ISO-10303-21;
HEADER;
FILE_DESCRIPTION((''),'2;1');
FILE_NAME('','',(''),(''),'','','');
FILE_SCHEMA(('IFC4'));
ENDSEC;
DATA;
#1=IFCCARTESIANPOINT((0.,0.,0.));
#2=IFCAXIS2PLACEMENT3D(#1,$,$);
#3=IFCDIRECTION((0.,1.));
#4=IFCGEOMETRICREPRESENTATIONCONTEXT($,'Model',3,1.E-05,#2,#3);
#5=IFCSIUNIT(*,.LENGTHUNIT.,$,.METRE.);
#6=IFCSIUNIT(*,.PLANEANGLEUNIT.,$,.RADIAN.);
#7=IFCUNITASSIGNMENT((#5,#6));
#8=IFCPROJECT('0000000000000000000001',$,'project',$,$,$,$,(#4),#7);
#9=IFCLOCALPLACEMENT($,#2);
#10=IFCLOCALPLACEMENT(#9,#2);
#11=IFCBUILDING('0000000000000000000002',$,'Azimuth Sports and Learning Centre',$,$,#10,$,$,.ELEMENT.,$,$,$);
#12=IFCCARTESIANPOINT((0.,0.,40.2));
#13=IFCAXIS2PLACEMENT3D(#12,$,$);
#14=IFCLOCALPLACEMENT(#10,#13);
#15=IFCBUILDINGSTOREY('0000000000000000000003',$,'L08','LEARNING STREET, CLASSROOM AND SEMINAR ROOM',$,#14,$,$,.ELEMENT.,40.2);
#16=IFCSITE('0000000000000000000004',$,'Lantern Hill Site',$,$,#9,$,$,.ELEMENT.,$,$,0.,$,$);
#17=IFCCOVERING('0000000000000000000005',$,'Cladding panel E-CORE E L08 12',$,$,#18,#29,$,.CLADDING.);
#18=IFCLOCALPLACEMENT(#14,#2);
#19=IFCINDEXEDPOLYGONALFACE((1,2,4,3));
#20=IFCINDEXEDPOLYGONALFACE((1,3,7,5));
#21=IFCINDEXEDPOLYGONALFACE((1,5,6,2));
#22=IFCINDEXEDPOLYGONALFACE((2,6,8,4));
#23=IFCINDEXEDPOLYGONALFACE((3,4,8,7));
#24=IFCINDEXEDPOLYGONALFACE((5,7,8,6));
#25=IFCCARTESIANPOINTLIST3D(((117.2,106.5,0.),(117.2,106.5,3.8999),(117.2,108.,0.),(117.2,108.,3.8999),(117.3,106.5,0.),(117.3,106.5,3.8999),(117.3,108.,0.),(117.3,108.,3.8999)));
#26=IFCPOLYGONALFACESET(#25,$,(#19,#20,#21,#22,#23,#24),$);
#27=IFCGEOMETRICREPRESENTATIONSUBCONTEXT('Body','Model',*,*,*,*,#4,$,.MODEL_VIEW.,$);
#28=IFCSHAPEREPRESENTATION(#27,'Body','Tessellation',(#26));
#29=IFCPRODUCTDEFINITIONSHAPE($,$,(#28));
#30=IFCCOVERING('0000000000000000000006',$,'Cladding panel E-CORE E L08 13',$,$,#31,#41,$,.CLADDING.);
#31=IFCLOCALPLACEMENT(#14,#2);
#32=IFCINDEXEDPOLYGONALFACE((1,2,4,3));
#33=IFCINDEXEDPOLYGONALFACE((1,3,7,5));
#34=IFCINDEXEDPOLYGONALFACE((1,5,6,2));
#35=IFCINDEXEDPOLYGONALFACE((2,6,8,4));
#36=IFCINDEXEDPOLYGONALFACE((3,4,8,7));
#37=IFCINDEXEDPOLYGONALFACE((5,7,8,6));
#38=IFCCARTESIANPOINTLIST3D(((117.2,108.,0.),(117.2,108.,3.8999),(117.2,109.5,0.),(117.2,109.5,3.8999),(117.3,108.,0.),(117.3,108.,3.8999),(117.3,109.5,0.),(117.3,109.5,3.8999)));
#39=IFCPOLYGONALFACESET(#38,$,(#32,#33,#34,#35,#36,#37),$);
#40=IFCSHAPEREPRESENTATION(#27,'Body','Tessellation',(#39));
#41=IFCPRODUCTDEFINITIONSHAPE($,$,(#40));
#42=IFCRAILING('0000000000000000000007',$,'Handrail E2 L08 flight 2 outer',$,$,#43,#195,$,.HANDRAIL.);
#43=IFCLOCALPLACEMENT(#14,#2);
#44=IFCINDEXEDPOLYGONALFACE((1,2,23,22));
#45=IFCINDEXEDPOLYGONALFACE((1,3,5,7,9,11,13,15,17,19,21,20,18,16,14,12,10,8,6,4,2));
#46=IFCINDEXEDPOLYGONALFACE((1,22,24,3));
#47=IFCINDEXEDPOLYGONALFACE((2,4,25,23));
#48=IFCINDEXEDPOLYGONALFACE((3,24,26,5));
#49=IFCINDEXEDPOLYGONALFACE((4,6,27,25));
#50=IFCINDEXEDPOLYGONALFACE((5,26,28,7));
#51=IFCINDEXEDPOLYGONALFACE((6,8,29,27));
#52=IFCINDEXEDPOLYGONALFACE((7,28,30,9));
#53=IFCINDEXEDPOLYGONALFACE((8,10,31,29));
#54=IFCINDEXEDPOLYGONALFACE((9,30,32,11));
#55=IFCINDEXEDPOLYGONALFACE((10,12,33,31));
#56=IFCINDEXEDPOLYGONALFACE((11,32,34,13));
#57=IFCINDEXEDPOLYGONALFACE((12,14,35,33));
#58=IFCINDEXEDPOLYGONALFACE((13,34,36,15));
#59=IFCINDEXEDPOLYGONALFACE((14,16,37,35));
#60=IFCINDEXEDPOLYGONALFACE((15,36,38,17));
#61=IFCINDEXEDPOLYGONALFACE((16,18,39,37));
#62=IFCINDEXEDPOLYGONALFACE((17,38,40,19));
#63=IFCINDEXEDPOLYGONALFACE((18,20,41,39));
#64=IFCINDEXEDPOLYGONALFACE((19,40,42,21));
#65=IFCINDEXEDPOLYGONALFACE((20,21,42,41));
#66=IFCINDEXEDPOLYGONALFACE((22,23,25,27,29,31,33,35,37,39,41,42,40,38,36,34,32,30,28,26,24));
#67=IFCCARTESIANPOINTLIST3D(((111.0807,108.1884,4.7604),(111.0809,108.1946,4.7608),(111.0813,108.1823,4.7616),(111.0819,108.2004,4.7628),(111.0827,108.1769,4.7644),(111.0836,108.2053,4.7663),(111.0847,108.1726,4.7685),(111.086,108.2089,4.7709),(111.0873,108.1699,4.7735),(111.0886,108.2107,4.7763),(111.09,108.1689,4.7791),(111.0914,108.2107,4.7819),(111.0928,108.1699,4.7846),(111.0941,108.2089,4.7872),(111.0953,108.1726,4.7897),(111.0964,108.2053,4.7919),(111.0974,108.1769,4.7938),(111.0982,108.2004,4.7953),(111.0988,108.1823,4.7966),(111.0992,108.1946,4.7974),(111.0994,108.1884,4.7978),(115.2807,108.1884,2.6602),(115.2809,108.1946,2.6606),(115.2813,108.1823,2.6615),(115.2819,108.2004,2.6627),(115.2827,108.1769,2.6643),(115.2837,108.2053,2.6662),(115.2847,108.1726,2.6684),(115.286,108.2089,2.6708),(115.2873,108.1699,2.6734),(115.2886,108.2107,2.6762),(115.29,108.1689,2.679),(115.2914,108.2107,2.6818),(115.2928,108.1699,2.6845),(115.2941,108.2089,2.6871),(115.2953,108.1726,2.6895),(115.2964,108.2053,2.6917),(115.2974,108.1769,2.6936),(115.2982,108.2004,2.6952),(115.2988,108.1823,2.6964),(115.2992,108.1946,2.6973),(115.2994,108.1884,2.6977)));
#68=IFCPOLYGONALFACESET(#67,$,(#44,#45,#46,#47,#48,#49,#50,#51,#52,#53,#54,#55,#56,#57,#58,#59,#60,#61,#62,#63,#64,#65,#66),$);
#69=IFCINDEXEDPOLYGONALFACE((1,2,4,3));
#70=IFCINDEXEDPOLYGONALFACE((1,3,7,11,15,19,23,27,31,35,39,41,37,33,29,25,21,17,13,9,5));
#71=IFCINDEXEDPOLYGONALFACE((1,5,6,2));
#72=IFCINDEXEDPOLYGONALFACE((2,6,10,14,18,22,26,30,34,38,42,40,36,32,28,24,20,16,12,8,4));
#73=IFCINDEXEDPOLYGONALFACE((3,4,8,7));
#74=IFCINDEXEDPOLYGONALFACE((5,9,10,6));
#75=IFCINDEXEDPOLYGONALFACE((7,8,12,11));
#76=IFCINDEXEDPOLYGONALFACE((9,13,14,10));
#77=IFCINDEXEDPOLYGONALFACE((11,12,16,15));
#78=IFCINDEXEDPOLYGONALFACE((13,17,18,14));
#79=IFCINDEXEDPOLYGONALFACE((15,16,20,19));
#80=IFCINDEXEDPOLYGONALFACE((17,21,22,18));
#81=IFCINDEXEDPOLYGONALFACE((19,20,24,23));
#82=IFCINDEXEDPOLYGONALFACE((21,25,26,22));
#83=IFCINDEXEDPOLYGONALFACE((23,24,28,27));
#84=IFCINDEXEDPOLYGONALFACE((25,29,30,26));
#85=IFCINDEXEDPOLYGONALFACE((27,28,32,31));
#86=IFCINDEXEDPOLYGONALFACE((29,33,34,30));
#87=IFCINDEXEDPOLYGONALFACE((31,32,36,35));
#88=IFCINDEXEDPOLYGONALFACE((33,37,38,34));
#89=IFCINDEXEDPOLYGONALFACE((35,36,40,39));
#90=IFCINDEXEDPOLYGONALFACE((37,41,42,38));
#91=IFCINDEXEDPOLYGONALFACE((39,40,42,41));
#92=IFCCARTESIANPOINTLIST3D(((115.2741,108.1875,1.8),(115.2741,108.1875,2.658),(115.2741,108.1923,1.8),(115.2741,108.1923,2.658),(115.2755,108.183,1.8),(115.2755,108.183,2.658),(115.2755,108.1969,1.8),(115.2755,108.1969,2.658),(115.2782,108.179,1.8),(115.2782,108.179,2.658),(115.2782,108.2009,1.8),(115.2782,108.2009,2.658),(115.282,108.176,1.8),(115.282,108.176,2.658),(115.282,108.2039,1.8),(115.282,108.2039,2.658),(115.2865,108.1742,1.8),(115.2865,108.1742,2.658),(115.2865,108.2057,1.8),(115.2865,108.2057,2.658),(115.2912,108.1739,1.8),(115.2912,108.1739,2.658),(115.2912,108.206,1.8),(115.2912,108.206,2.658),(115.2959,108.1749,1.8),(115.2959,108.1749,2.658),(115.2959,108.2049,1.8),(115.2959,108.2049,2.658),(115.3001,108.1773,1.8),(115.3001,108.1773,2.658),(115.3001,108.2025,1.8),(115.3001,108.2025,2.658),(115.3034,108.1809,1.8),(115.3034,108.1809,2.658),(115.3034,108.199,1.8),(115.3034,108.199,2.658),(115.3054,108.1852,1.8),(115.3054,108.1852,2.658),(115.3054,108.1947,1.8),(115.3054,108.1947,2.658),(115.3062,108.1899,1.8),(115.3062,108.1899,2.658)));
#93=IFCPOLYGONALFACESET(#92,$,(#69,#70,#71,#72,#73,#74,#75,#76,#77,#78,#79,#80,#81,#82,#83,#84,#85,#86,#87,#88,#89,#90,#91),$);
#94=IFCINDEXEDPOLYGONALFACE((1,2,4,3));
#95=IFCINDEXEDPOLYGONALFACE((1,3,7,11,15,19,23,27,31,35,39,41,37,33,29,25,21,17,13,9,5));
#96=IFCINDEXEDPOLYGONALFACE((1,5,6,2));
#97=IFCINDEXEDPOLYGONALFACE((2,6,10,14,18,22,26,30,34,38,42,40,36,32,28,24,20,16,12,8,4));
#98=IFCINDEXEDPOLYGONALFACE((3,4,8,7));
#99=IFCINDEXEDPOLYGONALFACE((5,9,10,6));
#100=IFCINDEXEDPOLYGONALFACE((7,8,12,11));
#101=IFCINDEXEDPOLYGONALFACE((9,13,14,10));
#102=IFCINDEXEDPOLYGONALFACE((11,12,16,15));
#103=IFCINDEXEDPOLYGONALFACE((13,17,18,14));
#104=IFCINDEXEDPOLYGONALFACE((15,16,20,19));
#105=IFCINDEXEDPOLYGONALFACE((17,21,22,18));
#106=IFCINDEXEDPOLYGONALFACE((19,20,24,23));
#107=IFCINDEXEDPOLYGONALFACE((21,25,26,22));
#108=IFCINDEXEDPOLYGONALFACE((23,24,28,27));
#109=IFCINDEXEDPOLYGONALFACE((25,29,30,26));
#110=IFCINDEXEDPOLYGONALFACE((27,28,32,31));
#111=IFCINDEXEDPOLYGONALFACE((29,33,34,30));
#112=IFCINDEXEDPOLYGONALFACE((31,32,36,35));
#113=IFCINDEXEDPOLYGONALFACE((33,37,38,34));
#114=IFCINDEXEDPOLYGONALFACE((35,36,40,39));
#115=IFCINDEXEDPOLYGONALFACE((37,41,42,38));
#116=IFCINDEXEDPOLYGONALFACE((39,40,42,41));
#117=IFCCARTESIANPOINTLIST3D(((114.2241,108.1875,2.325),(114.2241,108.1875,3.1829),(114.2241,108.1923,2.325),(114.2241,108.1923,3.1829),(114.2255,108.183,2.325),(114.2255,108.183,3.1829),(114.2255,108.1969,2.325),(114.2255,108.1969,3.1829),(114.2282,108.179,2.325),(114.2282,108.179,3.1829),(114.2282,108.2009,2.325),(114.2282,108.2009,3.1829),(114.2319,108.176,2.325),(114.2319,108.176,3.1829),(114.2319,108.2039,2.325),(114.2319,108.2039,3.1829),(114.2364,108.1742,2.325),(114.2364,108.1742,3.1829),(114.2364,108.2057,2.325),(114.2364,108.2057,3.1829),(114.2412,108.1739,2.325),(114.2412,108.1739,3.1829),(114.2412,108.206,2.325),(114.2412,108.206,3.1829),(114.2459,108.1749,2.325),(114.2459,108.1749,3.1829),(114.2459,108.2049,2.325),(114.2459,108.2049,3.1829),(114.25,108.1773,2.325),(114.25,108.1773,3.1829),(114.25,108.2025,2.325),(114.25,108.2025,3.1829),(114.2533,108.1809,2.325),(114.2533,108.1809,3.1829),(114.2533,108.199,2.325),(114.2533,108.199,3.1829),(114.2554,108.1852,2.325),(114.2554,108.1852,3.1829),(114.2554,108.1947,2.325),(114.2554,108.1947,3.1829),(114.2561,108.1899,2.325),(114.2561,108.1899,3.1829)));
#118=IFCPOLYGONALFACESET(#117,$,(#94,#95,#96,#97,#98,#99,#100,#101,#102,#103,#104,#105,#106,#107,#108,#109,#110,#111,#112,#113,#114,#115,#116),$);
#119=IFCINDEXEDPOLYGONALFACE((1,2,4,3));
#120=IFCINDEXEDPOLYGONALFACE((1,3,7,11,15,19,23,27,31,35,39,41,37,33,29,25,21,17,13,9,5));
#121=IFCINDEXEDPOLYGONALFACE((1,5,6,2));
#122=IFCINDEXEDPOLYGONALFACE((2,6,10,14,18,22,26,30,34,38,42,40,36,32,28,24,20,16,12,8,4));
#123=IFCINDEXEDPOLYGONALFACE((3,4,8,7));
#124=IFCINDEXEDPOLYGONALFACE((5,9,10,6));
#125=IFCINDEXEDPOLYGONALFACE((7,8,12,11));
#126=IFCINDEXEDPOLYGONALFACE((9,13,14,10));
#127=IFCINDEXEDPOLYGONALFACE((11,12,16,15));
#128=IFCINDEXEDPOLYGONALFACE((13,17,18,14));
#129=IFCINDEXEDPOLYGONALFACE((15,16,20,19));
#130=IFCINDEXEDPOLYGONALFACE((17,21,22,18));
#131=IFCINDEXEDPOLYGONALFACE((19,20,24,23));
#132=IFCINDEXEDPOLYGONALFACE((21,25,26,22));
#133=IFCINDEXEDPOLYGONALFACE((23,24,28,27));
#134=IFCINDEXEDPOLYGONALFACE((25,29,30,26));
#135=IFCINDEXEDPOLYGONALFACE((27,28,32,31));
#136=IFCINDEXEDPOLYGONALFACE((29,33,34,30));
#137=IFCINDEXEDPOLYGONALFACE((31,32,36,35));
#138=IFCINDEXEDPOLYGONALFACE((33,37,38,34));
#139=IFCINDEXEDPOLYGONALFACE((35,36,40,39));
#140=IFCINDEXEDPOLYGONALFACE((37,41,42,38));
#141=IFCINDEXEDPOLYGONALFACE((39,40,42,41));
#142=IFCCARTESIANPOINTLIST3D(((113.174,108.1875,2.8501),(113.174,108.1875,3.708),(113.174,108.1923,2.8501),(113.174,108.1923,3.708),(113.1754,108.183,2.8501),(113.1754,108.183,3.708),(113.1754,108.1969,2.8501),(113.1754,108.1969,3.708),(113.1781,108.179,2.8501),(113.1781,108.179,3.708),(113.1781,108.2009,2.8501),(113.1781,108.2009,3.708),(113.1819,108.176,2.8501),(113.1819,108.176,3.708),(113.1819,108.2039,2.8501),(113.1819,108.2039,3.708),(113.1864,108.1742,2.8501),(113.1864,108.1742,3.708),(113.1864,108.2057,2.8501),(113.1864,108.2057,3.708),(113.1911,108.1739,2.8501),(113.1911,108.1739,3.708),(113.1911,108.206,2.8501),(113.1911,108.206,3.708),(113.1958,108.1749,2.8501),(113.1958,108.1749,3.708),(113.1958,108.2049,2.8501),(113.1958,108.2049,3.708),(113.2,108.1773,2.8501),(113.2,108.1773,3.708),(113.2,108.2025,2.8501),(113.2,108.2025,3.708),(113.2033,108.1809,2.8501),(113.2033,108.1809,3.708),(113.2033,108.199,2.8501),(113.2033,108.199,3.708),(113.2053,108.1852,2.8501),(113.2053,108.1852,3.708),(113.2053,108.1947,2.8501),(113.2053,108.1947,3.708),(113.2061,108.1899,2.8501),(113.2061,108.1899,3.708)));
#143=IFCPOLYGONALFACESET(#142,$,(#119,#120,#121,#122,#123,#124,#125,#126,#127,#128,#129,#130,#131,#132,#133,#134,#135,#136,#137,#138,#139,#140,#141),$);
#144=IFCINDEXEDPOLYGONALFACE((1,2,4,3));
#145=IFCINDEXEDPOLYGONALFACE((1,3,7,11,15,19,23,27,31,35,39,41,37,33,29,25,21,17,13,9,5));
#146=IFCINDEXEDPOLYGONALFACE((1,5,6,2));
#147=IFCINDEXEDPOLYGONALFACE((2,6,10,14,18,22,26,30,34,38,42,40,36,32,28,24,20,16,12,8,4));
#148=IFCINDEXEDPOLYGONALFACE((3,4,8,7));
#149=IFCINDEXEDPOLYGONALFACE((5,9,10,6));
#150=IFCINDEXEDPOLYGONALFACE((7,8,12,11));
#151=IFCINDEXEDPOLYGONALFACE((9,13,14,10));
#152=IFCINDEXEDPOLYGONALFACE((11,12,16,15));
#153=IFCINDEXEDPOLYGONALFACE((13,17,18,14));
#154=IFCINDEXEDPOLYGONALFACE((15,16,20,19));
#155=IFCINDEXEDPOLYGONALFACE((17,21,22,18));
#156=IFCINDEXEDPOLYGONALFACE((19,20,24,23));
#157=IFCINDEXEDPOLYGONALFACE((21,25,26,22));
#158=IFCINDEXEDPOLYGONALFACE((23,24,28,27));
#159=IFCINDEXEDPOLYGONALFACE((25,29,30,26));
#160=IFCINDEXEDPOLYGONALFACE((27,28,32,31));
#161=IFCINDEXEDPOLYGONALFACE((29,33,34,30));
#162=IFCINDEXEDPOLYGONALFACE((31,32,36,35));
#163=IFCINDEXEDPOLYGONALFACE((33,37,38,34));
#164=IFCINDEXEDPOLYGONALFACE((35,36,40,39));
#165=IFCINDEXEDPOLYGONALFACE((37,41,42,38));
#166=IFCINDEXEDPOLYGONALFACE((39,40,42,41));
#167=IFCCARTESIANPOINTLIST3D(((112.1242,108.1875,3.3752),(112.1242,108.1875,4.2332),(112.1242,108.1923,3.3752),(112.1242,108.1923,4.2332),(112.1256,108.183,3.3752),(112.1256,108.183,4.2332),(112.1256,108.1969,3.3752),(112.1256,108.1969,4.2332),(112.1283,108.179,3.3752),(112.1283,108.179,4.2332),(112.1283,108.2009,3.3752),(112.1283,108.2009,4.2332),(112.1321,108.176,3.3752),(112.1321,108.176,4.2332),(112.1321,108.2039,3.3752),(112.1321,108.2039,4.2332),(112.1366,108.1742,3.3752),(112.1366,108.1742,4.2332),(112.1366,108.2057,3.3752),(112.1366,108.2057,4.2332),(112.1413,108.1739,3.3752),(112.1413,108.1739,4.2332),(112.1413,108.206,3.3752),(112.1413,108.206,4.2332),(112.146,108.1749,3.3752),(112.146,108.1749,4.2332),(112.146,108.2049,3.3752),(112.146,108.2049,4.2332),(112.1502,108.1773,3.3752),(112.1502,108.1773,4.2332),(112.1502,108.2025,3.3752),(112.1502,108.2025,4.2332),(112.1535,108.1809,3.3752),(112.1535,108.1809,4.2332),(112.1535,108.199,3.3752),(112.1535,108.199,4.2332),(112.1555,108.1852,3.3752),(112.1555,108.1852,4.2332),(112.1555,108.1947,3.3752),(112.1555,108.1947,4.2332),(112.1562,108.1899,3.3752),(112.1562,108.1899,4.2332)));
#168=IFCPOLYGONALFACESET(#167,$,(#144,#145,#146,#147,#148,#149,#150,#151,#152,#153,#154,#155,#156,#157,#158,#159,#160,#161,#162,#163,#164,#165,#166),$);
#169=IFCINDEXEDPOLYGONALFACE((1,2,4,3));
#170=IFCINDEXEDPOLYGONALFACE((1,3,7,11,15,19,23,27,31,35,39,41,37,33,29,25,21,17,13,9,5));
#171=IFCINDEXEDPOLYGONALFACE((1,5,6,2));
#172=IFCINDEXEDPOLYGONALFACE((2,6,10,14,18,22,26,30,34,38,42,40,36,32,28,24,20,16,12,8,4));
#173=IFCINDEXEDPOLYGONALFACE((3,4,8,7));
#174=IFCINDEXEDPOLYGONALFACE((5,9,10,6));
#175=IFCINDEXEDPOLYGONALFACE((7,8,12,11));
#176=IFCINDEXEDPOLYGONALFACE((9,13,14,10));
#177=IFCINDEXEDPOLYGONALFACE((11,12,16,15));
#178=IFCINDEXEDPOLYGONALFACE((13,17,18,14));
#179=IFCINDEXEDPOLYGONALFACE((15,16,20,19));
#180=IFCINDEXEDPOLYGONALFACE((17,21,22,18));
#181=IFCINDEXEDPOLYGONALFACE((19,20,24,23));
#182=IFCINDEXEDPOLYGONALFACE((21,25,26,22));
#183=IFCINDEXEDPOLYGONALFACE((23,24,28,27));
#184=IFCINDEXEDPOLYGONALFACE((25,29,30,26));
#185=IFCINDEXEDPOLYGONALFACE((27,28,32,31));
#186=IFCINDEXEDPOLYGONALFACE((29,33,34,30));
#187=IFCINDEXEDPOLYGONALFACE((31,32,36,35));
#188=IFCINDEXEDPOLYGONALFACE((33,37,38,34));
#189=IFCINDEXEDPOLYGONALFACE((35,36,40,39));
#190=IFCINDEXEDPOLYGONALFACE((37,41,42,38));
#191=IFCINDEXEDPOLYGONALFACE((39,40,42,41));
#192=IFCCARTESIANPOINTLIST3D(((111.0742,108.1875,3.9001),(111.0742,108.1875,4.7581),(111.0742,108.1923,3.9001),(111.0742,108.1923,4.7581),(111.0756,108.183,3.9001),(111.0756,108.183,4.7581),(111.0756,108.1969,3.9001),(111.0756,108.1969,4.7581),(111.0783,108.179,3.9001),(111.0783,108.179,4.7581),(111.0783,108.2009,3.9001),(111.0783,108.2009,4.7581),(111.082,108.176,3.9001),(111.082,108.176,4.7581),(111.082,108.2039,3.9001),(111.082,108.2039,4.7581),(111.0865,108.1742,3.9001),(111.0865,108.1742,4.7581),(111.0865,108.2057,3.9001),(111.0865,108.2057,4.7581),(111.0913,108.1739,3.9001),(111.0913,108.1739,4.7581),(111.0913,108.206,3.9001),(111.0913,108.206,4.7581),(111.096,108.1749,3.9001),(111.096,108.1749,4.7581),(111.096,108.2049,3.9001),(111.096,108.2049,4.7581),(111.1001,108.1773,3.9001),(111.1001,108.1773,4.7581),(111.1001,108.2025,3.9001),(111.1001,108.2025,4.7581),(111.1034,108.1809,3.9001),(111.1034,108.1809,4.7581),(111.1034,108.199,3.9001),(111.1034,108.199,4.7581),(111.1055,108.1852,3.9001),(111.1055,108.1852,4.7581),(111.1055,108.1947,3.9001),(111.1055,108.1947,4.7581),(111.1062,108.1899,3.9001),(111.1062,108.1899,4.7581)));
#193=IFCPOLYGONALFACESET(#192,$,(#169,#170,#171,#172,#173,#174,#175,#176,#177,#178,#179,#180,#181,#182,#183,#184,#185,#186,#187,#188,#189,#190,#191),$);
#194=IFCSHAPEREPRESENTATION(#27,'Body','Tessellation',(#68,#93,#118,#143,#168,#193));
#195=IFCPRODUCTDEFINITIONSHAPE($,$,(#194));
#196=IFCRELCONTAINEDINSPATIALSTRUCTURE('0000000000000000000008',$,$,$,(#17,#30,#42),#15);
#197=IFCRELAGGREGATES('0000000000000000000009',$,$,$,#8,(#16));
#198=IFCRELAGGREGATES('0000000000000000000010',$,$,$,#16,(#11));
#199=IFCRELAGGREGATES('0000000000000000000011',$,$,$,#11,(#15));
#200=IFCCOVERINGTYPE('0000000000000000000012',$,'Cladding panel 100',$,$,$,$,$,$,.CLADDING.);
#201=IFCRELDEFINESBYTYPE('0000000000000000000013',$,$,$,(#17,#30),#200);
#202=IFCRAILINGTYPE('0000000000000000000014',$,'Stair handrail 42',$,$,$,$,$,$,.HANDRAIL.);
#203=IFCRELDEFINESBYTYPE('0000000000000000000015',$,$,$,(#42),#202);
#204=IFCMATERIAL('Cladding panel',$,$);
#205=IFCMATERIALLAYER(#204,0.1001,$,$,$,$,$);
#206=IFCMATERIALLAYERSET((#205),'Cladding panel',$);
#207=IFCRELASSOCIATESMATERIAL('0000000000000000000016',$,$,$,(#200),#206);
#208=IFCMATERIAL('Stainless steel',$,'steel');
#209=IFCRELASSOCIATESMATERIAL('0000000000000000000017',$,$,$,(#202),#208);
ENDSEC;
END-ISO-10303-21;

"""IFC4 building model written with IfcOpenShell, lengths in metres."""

from ifc_helpers import new_model, si_unit, direction, frame, origin, origin_2d, place, context, subcontext, project, spatial, rectangle, circle, extrude, material, layer, layer_set, type_object, element, save


model = new_model("IFC4")

# Units and contexts
model_context = context("Model", 3, precision=1e-05, world=origin(), true_north=direction((0.0, 1.0)))
body_context = subcontext(model_context, "Body", "Model", "MODEL_VIEW")
ifc_project = project(units=[si_unit("LENGTHUNIT", "METRE"), si_unit("PLANEANGLEUNIT", "RADIAN")], contexts=[model_context])

# Site, building, storey
site_placement = place(None, origin())
site = spatial("IfcSite", under=ifc_project, at=site_placement, Name="Lantern Hill Site", CompositionType="ELEMENT", RefElevation=0.0)
building_placement = place(site_placement, origin())
building = spatial("IfcBuilding", under=site, at=building_placement, Name="Azimuth Sports and Learning Centre", CompositionType="ELEMENT")
storey_placement = place(building_placement, frame((0.0, 0.0, 40.2)))
storey = spatial("IfcBuildingStorey", under=building, at=storey_placement, Name="L08", Description="LEARNING STREET, CLASSROOM AND SEMINAR ROOM", CompositionType="ELEMENT", Elevation=40.2)

# Coverings
ifc_material_1 = material(Name="Cladding panel")
ifc_layer_1 = layer(ifc_material_1, 0.1001)
ifc_layer_set_1 = layer_set([ifc_layer_1], Name="Cladding panel")
covering_type = type_object("IfcCoveringType", Name="Cladding panel 100", PredefinedType="CLADDING", material=ifc_layer_set_1)
for number, where, z_axis, x_axis, name in (
    (1, (117.25, 107.25, 0.0), (0.0, 0.0, 1.0), (0.0, 1.0, 0.0), "Cladding panel E-CORE E L08 12"),
    (2, (117.25, 108.75, 0.0), (0.0, 0.0, 1.0), (0.0, 1.0, 0.0), "Cladding panel E-CORE E L08 13"),
):
    element("IfcCovering", number, at=place(storey_placement, frame(where, z_axis=z_axis, x_axis=x_axis)), inside=storey, type_object=covering_type, Name=name, PredefinedType="CLADDING", context=body_context, shape_type="SweptSolid", body=[
        extrude(rectangle(XDim=1.5, YDim=0.1001, at=origin_2d()), origin(), (0.0, 0.0, 1.0), 3.8999),
    ])

# Railing
ifc_material_2 = material(Name="Stainless steel", Category="steel")
railing_type = type_object("IfcRailingType", Name="Stair handrail 42", PredefinedType="HANDRAIL", material=ifc_material_2)
railing_placement = place(storey_placement, frame((115.29, 108.1899, 1.8)))
element("IfcRailing", 3, at=railing_placement, inside=storey, type_object=railing_type, Name="Handrail E2 L08 flight 2 outer", PredefinedType="HANDRAIL", context=body_context, shape_type="SweptSolid", body=[
    extrude(circle(Radius=0.021, at=origin_2d()), frame((0.0, 0.0, 0.8789), z_axis=(-0.894417, 0.0, 0.447234), x_axis=(0.0, -1.0, 0.0)), (0.0, 0.0, 1.0), 4.6958),
    extrude(circle(Radius=0.0161, at=origin_2d()), origin(), (0.0, 0.0, 1.0), 0.8579),
    extrude(circle(Radius=0.0161, at=origin_2d()), frame((-1.05, 0.0, 0.5249)), (0.0, 0.0, 1.0), 0.8579),
    extrude(circle(Radius=0.0161, at=origin_2d()), frame((-2.1001, 0.0, 1.05)), (0.0, 0.0, 1.0), 0.8579),
    extrude(circle(Radius=0.0161, at=origin_2d()), frame((-3.1499, 0.0, 1.5752)), (0.0, 0.0, 1.0), 0.8579),
    extrude(circle(Radius=0.0161, at=origin_2d()), frame((-4.2, 0.0, 2.1001)), (0.0, 0.0, 1.0), 0.8579),
])

save(model, "model.ifc")
